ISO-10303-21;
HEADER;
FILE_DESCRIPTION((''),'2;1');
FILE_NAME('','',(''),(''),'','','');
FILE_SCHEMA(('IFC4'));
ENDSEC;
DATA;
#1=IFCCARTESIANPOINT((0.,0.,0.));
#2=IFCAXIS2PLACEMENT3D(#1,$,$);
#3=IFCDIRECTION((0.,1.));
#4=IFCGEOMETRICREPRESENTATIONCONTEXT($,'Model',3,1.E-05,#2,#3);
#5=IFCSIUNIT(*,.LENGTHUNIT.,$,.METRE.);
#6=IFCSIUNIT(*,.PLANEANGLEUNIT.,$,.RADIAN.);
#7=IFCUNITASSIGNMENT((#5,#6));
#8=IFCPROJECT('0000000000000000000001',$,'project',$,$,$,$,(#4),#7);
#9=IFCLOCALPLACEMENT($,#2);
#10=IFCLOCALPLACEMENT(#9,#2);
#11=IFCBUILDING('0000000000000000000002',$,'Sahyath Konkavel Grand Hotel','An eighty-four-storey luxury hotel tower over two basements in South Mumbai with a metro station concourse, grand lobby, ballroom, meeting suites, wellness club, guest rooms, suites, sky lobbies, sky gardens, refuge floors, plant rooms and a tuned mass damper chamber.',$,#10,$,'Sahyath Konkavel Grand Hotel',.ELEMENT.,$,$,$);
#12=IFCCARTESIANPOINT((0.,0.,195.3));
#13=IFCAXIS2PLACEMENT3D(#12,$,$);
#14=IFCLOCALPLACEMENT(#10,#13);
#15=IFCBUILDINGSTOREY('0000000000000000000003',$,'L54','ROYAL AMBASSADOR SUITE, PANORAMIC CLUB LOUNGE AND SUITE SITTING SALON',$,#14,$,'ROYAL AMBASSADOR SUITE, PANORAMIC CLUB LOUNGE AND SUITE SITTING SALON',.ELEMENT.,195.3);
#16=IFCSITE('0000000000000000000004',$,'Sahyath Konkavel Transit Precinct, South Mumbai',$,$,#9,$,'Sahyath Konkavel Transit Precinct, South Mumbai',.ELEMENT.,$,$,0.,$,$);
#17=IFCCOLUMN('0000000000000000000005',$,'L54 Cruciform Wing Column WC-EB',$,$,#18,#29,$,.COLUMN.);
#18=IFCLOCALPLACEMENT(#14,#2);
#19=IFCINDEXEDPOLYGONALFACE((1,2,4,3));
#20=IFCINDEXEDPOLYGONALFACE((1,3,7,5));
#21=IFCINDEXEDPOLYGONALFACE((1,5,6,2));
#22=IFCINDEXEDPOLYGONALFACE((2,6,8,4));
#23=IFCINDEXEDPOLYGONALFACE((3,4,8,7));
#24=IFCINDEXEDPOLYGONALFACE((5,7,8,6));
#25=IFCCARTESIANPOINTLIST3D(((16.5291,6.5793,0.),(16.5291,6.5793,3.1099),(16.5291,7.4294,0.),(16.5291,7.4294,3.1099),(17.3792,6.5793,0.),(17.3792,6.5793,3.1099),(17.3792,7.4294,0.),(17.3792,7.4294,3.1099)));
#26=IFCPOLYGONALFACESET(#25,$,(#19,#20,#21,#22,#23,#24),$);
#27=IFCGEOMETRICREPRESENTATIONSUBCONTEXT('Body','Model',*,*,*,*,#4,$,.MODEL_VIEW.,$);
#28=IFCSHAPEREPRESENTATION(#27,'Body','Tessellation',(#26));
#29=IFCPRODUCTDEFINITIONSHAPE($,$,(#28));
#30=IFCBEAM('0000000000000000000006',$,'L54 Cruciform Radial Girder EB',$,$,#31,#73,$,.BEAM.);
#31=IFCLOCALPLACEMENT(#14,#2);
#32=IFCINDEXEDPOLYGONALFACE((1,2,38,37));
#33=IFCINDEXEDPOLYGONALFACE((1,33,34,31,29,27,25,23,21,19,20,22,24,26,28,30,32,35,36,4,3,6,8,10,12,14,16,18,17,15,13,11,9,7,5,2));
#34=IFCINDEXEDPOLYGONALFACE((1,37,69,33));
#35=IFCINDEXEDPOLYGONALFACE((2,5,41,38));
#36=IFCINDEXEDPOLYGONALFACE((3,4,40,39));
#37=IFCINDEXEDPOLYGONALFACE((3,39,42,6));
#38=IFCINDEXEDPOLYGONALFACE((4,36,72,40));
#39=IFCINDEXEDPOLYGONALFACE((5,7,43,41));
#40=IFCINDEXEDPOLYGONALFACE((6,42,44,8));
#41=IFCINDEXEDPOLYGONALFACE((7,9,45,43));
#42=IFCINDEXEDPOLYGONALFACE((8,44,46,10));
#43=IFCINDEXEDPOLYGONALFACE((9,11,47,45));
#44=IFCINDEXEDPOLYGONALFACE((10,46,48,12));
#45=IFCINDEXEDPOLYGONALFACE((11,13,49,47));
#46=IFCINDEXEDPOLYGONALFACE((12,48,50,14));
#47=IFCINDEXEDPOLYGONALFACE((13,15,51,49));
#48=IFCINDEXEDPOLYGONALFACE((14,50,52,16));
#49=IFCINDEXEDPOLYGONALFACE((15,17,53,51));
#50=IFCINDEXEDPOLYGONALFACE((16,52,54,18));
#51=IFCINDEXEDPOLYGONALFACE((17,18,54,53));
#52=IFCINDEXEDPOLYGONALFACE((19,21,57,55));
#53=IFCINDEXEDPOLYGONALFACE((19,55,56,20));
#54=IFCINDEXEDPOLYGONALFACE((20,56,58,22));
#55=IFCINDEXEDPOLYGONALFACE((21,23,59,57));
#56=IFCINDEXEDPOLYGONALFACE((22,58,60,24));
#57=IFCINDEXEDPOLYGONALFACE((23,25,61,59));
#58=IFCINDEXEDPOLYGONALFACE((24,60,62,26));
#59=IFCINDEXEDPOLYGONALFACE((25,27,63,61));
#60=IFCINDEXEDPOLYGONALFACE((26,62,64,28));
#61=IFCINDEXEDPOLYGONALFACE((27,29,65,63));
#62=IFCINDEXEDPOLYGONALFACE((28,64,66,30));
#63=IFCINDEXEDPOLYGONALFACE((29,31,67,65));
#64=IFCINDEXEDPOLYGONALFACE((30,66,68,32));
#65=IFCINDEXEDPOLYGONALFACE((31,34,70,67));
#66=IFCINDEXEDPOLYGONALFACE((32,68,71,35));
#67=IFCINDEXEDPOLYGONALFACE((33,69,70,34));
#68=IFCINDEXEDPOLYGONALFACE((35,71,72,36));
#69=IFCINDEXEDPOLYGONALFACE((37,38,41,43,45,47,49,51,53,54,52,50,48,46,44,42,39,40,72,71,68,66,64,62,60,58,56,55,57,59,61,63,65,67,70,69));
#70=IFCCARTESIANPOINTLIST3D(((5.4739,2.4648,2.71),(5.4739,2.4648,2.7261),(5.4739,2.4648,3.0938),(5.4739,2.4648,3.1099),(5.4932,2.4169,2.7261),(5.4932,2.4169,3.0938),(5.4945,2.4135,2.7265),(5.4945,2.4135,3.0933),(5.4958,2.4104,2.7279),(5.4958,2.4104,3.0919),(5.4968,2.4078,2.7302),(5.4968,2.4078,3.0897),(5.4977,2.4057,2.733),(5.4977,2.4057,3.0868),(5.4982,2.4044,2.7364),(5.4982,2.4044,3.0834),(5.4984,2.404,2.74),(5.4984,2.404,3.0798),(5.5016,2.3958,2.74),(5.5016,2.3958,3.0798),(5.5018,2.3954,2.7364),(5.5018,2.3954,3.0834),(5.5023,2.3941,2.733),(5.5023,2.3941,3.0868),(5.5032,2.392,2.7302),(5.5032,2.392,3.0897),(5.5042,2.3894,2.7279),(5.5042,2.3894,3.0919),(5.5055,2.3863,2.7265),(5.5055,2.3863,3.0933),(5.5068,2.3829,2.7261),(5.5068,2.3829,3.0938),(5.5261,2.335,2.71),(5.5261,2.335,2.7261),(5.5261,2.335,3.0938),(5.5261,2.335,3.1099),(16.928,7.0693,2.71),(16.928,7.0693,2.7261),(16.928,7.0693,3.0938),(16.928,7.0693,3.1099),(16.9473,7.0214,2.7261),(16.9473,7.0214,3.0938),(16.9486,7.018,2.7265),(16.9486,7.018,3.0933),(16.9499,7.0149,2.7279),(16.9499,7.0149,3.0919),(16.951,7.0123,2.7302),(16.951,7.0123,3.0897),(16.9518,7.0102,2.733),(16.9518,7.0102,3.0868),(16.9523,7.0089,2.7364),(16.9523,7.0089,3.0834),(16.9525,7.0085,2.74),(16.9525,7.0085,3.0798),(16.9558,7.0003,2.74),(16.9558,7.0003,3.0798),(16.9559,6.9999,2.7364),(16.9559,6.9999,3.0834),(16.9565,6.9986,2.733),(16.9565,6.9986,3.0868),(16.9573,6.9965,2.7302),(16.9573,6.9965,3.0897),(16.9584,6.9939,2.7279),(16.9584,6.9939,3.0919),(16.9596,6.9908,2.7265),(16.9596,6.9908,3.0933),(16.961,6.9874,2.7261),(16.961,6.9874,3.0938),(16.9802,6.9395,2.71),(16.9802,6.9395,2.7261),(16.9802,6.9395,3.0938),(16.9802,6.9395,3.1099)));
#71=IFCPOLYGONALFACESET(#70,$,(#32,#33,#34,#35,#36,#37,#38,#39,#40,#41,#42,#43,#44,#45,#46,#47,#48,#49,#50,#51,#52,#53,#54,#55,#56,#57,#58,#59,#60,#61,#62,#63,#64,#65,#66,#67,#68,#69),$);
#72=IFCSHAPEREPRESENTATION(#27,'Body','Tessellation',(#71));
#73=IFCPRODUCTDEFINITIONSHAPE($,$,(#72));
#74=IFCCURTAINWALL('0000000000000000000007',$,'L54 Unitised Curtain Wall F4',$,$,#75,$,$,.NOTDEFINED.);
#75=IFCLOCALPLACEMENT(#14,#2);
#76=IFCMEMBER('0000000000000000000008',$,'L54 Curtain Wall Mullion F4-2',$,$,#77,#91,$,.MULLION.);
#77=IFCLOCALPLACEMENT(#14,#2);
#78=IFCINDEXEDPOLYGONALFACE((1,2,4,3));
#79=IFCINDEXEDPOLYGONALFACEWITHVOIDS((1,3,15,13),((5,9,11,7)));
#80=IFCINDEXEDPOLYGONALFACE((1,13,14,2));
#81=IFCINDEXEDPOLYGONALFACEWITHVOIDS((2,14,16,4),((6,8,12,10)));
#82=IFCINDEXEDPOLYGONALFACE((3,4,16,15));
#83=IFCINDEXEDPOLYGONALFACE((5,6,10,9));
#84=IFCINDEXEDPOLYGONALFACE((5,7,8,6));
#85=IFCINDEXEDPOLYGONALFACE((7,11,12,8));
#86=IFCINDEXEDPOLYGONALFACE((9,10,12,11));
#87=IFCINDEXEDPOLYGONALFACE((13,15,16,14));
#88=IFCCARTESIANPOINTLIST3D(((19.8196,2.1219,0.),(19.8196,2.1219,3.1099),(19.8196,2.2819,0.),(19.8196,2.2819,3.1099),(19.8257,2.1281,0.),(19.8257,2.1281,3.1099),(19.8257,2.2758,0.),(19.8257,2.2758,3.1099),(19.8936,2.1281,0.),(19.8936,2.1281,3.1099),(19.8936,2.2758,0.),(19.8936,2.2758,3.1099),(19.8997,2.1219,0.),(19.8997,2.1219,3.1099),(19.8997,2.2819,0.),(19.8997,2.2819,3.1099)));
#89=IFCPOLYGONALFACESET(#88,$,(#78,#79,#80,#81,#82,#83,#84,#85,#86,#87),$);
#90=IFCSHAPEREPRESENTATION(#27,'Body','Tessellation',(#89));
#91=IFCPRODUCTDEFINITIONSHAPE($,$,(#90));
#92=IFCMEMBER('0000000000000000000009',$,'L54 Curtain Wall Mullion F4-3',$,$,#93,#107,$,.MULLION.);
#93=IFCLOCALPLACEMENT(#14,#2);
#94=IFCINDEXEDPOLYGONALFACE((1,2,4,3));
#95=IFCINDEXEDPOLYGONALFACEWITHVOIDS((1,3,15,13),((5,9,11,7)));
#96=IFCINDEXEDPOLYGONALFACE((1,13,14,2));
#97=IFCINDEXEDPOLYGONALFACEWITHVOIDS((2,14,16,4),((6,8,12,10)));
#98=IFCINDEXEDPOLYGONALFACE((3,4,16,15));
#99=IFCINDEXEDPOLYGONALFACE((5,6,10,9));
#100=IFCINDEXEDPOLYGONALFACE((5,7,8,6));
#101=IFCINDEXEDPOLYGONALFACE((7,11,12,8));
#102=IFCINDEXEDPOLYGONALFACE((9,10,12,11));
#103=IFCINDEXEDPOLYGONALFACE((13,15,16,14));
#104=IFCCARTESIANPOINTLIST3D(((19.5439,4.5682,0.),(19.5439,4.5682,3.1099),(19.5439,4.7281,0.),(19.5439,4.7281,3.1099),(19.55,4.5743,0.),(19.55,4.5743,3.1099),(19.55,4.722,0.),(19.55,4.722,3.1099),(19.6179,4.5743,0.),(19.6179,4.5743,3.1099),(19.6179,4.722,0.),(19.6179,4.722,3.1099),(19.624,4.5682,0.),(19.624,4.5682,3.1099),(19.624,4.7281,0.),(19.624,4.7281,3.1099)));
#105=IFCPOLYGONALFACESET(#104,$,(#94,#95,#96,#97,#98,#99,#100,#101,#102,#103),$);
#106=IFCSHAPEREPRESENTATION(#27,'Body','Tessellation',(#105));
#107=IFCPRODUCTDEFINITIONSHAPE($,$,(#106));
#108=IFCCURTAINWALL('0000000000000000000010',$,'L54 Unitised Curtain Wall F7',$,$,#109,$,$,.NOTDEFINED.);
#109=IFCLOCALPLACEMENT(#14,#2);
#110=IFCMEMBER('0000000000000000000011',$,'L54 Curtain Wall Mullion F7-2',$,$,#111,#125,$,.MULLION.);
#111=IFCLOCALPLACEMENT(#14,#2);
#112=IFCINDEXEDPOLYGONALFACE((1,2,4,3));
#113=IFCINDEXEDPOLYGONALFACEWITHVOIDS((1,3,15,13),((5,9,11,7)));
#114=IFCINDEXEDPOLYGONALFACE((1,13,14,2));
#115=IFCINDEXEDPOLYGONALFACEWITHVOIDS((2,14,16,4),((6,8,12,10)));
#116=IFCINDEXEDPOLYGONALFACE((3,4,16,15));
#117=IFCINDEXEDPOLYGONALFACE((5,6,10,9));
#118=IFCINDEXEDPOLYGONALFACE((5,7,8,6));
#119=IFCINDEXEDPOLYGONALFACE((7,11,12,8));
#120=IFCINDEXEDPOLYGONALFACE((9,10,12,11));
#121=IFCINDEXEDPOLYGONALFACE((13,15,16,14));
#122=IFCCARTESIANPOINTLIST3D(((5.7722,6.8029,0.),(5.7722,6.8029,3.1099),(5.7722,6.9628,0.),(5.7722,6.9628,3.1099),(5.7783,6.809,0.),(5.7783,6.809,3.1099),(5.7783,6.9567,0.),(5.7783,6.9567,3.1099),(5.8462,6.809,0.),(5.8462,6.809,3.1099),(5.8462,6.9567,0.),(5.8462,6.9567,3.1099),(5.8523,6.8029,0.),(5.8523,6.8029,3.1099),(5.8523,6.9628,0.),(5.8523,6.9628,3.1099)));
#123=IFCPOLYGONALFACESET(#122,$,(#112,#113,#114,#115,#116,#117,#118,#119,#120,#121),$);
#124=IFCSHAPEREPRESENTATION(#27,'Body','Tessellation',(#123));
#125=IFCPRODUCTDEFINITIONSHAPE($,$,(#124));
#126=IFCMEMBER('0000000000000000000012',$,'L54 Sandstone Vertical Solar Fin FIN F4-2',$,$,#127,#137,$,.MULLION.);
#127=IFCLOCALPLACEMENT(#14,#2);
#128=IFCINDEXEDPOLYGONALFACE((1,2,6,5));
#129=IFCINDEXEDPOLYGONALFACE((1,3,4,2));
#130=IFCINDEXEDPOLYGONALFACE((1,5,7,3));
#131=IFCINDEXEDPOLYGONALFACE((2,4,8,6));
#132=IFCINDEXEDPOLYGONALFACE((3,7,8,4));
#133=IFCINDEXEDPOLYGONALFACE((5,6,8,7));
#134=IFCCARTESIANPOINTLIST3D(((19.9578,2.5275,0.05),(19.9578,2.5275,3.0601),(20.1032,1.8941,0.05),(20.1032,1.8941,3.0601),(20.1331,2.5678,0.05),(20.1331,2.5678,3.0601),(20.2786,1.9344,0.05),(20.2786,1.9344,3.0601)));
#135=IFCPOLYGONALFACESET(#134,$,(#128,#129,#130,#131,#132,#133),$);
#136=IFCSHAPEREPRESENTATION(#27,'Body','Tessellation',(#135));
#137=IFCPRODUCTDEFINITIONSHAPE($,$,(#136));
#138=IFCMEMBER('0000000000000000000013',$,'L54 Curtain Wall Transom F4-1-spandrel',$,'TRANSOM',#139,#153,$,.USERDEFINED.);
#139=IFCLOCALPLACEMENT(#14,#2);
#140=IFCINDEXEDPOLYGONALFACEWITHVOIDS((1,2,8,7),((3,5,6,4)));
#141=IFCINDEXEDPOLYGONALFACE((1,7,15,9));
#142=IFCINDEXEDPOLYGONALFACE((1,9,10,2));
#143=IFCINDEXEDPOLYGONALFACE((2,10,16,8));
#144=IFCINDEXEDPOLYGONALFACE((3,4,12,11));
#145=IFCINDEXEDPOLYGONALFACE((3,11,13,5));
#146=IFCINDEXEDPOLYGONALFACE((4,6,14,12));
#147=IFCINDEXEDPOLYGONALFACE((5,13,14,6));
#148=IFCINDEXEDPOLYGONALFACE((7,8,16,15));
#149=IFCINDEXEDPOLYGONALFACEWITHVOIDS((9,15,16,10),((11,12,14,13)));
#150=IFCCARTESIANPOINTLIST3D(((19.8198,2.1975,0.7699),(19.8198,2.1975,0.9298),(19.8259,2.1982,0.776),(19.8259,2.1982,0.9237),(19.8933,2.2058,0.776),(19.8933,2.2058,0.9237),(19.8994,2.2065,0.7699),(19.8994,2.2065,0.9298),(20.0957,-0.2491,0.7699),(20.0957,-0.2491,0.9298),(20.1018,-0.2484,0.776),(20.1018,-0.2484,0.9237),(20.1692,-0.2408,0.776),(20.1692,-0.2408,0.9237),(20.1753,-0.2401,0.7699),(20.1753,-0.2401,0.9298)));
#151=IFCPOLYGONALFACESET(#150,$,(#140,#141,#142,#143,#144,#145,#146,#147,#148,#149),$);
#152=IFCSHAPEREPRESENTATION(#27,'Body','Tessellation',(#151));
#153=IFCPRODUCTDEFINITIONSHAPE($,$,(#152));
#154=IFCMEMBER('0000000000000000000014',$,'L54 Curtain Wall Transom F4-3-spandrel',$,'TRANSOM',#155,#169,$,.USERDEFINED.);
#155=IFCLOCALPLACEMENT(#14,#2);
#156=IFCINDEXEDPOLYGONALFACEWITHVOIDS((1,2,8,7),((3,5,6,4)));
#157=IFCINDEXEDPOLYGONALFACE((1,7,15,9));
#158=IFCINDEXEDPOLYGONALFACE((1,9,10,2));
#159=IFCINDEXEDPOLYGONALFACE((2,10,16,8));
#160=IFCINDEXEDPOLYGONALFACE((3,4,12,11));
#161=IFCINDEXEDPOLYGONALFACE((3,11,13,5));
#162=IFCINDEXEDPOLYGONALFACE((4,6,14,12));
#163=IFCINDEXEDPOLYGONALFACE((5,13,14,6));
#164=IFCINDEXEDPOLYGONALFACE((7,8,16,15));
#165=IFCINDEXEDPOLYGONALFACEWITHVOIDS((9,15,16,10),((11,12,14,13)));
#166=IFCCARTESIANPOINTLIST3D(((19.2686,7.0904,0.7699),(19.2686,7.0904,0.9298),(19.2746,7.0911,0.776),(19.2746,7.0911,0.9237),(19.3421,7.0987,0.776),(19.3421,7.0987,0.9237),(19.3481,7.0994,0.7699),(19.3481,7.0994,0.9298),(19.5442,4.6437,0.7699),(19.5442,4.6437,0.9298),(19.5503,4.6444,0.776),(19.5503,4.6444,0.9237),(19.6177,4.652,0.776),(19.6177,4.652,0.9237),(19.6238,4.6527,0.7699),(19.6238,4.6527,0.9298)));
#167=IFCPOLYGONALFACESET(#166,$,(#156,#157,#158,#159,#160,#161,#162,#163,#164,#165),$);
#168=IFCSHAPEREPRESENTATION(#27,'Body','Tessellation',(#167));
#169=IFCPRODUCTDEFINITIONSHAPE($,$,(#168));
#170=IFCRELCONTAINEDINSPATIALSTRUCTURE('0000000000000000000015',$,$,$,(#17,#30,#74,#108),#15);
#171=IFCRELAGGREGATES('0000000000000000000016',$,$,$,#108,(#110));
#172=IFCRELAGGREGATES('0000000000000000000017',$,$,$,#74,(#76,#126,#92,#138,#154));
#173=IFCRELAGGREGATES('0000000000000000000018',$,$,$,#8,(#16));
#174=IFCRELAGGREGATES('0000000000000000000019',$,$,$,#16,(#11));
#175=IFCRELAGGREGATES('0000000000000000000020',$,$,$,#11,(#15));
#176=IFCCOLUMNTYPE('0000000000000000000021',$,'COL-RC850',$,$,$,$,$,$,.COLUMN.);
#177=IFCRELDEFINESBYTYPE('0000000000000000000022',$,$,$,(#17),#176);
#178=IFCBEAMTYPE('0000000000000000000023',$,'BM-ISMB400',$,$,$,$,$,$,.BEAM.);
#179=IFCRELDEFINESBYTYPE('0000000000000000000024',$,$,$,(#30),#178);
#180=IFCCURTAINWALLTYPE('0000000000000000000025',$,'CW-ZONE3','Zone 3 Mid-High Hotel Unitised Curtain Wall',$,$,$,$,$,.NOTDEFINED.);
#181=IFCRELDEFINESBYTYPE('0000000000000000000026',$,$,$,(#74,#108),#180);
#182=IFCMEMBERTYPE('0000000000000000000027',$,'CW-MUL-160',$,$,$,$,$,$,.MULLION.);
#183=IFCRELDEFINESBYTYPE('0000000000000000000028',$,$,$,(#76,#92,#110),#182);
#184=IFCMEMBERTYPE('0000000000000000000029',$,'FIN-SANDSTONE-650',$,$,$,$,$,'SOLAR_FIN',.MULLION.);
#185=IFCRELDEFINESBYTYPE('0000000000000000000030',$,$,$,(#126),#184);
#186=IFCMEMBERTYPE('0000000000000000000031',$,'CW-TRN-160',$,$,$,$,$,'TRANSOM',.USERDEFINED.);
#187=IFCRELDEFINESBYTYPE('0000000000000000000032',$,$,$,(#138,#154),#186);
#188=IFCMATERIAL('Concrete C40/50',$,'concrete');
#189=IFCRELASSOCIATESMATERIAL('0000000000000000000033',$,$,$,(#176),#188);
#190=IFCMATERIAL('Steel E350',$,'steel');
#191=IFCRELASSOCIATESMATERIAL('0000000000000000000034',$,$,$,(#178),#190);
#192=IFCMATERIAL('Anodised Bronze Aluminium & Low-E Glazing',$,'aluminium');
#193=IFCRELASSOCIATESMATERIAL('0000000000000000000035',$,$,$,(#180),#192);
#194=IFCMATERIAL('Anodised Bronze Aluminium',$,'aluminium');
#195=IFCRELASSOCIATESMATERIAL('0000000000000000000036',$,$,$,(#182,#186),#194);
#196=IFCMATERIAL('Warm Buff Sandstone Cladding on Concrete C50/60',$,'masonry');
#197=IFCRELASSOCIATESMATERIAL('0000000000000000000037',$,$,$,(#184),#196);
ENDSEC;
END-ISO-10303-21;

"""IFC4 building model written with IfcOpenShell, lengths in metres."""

from ifc_helpers import new_model, si_unit, direction, frame, origin, origin_2d, place, context, subcontext, project, spatial, rectangle, hollow_rectangle, i_section, extrude, source, transform, mapped, material, material_profile, profile_set, type_object, element, aggregate, save


model = new_model("IFC4")

# Units and contexts
model_context = context("Model", 3, precision=1e-05, world=origin(), true_north=direction((0.0, 1.0)))
body_context = subcontext(model_context, "Body", "Model", "MODEL_VIEW")
ifc_project = project(units=[si_unit("LENGTHUNIT", "METRE"), si_unit("PLANEANGLEUNIT", "RADIAN")], contexts=[model_context])

# Site, building, storey
site_placement = place(None, origin())
site = spatial("IfcSite", under=ifc_project, at=site_placement, Name="Sahyath Konkavel Transit Precinct, South Mumbai", LongName="Sahyath Konkavel Transit Precinct, South Mumbai", CompositionType="ELEMENT", RefElevation=0.0)
building_placement = place(site_placement, origin())
building = spatial("IfcBuilding", under=site, at=building_placement, Name="Sahyath Konkavel Grand Hotel", Description="An eighty-four-storey luxury hotel tower over two basements in South Mumbai with a metro station concourse, grand lobby, ballroom, meeting suites, wellness club, guest rooms, suites, sky lobbies, sky gardens, refuge floors, plant rooms and a tuned mass damper chamber.", LongName="Sahyath Konkavel Grand Hotel", CompositionType="ELEMENT")
storey_placement = place(building_placement, frame((0.0, 0.0, 195.3)))
storey = spatial("IfcBuildingStorey", under=building, at=storey_placement, Name="L54", Description="ROYAL AMBASSADOR SUITE, PANORAMIC CLUB LOUNGE AND SUITE SITTING SALON", LongName="ROYAL AMBASSADOR SUITE, PANORAMIC CLUB LOUNGE AND SUITE SITTING SALON", CompositionType="ELEMENT", Elevation=195.3)

# Column
ifc_material_1 = material(Name="Concrete C40/50", Category="concrete")
ifc_material_profile_1 = material_profile(ifc_material_1, rectangle(XDim=0.8501, YDim=0.8501, at=origin_2d()), Name="RC 850x850")
ifc_profile_set_1 = profile_set([ifc_material_profile_1], Name="Concrete C40/50")
column_type = type_object("IfcColumnType", Name="COL-RC850", PredefinedType="COLUMN", material=ifc_profile_set_1)
shared_shape_1 = source(origin(), body_context, "Body", "SweptSolid", [
    extrude(rectangle(XDim=0.8501, YDim=0.8501, at=origin_2d()), origin(), (0.0, 0.0, 1.0), 3.1099),
])
column_placement = place(storey_placement, frame((16.9541, 7.0044, 0.0), z_axis=(0.0, 0.0, 1.0), x_axis=(1.0, 0.0, 0.0)))
element("IfcColumn", 1, at=column_placement, inside=storey, type_object=column_type, Name="L54 Cruciform Wing Column WC-EB", PredefinedType="COLUMN", context=body_context, shape_type="MappedRepresentation", body=[
    mapped(shared_shape_1, transform((0.0, 0.0, 0.0), scale=1.0)),
])

# Beam
ifc_material_2 = material(Name="Steel E350", Category="steel")
ifc_material_profile_2 = material_profile(ifc_material_2, i_section(OverallWidth=0.1399, OverallDepth=0.3999, WebThickness=0.0088, FlangeThickness=0.0161, FilletRadius=0.0139, at=origin_2d()), Name="ISMB 400")
ifc_profile_set_2 = profile_set([ifc_material_profile_2], Name="Steel E350")
beam_type_1 = type_object("IfcBeamType", Name="BM-ISMB400", PredefinedType="BEAM", material=ifc_profile_set_2)
shared_shape_2 = source(origin(), body_context, "Body", "SweptSolid", [
    extrude(i_section(OverallWidth=0.1399, OverallDepth=0.3999, WebThickness=0.0088, FlangeThickness=0.0161, FilletRadius=0.0139, at=origin_2d()), origin(), (0.0, 0.0, 1.0), 12.345),
])
beam_1_placement = place(storey_placement, frame((5.5, 2.3999, 2.9099), z_axis=(0.927837, 0.372986, 0.0), x_axis=(-0.372986, 0.927837, 0.0)))
element("IfcBeam", 2, at=beam_1_placement, inside=storey, type_object=beam_type_1, Name="L54 Cruciform Radial Girder EB", PredefinedType="BEAM", context=body_context, shape_type="MappedRepresentation", body=[
    mapped(shared_shape_2, transform((0.0, 0.0, 0.0), scale=1.0)),
])

# Curtain wall, members
ifc_material_3 = material(Name="Anodised Bronze Aluminium & Low-E Glazing", Category="aluminium")
curtain_wall_type = type_object("IfcCurtainWallType", Name="CW-ZONE3", Description="Zone 3 Mid-High Hotel Unitised Curtain Wall", PredefinedType="NOTDEFINED", material=ifc_material_3)
curtain_wall_1_placement = place(storey_placement, origin())
curtain_wall_1 = element("IfcCurtainWall", 3, at=curtain_wall_1_placement, inside=storey, type_object=curtain_wall_type, Name="L54 Unitised Curtain Wall F4", PredefinedType="NOTDEFINED")
ifc_material_4 = material(Name="Anodised Bronze Aluminium", Category="aluminium")
ifc_material_profile_3 = material_profile(ifc_material_4, hollow_rectangle(XDim=0.0801, YDim=0.1599, WallThickness=0.0061, at=origin_2d()), Name="RHS 160x80x6")
ifc_profile_set_3 = profile_set([ifc_material_profile_3], Name="Anodised Bronze Aluminium")
member_type_1 = type_object("IfcMemberType", Name="CW-MUL-160", PredefinedType="MULLION", material=ifc_profile_set_3)
shared_shape_3 = source(origin(), body_context, "Body", "SweptSolid", [
    extrude(hollow_rectangle(XDim=0.0801, YDim=0.1599, WallThickness=0.0061, at=origin_2d()), origin(), (0.0, 0.0, 1.0), 3.1099),
])
member_1_placement = place(storey_placement, frame((19.8596, 2.2019, 0.0), z_axis=(0.0, 0.0, 1.0), x_axis=(1.0, 0.0, 0.0)))
member_1 = element("IfcMember", 4, at=member_1_placement, type_object=member_type_1, Name="L54 Curtain Wall Mullion F4-2", PredefinedType="MULLION", context=body_context, shape_type="MappedRepresentation", body=[
    mapped(shared_shape_3, transform((0.0, 0.0, 0.0), scale=1.0)),
])
member_2_placement = place(storey_placement, frame((19.584, 4.6482, 0.0), z_axis=(0.0, 0.0, 1.0), x_axis=(1.0, 0.0, 0.0)))
member_2 = element("IfcMember", 5, at=member_2_placement, type_object=member_type_1, Name="L54 Curtain Wall Mullion F4-3", PredefinedType="MULLION", context=body_context, shape_type="MappedRepresentation", body=[
    mapped(shared_shape_3, transform((0.0, 0.0, 0.0), scale=1.0)),
])

# Curtain wall, member
curtain_wall_2_placement = place(storey_placement, origin())
curtain_wall_2 = element("IfcCurtainWall", 6, at=curtain_wall_2_placement, inside=storey, type_object=curtain_wall_type, Name="L54 Unitised Curtain Wall F7", PredefinedType="NOTDEFINED")
member_3_placement = place(storey_placement, frame((5.8123, 6.8828, 0.0), z_axis=(0.0, 0.0, 1.0), x_axis=(1.0, 0.0, 0.0)))
member_3 = element("IfcMember", 7, at=member_3_placement, type_object=member_type_1, Name="L54 Curtain Wall Mullion F7-2", PredefinedType="MULLION", context=body_context, shape_type="MappedRepresentation", body=[
    mapped(shared_shape_3, transform((0.0, 0.0, 0.0), scale=1.0)),
])
aggregate(curtain_wall_2, [member_3])

# Members
ifc_material_5 = material(Name="Warm Buff Sandstone Cladding on Concrete C50/60", Category="masonry")
ifc_material_profile_4 = material_profile(ifc_material_5, rectangle(XDim=0.1799, YDim=0.6499, at=origin_2d()), Name="FIN 180x650")
ifc_profile_set_4 = profile_set([ifc_material_profile_4], Name="Warm Buff Sandstone Cladding on Concrete C50/60")
member_type_2 = type_object("IfcMemberType", Name="FIN-SANDSTONE-650", ElementType="SOLAR_FIN", PredefinedType="MULLION", material=ifc_profile_set_4)
shared_shape_4 = source(origin(), body_context, "Body", "SweptSolid", [
    extrude(rectangle(XDim=0.1799, YDim=0.6499, at=origin_2d()), origin(), (0.0, 0.0, 1.0), 3.01),
])
member_4_placement = place(storey_placement, frame((20.1182, 2.231, 0.05), z_axis=(0.0, 0.0, 1.0), x_axis=(0.974644, 0.22376, 0.0)))
member_4 = element("IfcMember", 8, at=member_4_placement, type_object=member_type_2, Name="L54 Sandstone Vertical Solar Fin FIN F4-2", PredefinedType="MULLION", context=body_context, shape_type="MappedRepresentation", body=[
    mapped(shared_shape_4, transform((0.0, 0.0, 0.0), scale=1.0)),
])
ifc_material_profile_5 = material_profile(ifc_material_4, hollow_rectangle(XDim=0.0801, YDim=0.1599, WallThickness=0.0061, at=origin_2d()), Name="RHS 160x80x6")
ifc_profile_set_5 = profile_set([ifc_material_profile_5], Name="Anodised Bronze Aluminium")
member_type_3 = type_object("IfcMemberType", Name="CW-TRN-160", ElementType="TRANSOM", PredefinedType="USERDEFINED", material=ifc_profile_set_5)
shared_shape_5 = source(origin(), body_context, "Body", "SweptSolid", [
    extrude(hollow_rectangle(XDim=0.0801, YDim=0.1599, WallThickness=0.0061, at=origin_2d()), origin(), (0.0, 0.0, 1.0), 2.4622),
])
member_5_placement = place(storey_placement, frame((20.1355, -0.2446, 0.8499), z_axis=(-0.112053, 0.993702, 0.0), x_axis=(-0.993702, -0.112053, 0.0)))
member_5 = element("IfcMember", 9, at=member_5_placement, type_object=member_type_3, Name="L54 Curtain Wall Transom F4-1-spandrel", ObjectType="TRANSOM", PredefinedType="USERDEFINED", context=body_context, shape_type="MappedRepresentation", body=[
    mapped(shared_shape_5, transform((0.0, 0.0, 0.0), scale=1.0)),
])
member_6_placement = place(storey_placement, frame((19.584, 4.6482, 0.8499), z_axis=(-0.111944, 0.993715, 0.0), x_axis=(-0.993715, -0.111944, 0.0)))
member_6 = element("IfcMember", 10, at=member_6_placement, type_object=member_type_3, Name="L54 Curtain Wall Transom F4-3-spandrel", ObjectType="TRANSOM", PredefinedType="USERDEFINED", context=body_context, shape_type="MappedRepresentation", body=[
    mapped(shared_shape_5, transform((0.0, 0.0, 0.0), scale=1.0)),
])

aggregate(curtain_wall_1, [member_1, member_4, member_2, member_5, member_6])

save(model, "model.ifc")
